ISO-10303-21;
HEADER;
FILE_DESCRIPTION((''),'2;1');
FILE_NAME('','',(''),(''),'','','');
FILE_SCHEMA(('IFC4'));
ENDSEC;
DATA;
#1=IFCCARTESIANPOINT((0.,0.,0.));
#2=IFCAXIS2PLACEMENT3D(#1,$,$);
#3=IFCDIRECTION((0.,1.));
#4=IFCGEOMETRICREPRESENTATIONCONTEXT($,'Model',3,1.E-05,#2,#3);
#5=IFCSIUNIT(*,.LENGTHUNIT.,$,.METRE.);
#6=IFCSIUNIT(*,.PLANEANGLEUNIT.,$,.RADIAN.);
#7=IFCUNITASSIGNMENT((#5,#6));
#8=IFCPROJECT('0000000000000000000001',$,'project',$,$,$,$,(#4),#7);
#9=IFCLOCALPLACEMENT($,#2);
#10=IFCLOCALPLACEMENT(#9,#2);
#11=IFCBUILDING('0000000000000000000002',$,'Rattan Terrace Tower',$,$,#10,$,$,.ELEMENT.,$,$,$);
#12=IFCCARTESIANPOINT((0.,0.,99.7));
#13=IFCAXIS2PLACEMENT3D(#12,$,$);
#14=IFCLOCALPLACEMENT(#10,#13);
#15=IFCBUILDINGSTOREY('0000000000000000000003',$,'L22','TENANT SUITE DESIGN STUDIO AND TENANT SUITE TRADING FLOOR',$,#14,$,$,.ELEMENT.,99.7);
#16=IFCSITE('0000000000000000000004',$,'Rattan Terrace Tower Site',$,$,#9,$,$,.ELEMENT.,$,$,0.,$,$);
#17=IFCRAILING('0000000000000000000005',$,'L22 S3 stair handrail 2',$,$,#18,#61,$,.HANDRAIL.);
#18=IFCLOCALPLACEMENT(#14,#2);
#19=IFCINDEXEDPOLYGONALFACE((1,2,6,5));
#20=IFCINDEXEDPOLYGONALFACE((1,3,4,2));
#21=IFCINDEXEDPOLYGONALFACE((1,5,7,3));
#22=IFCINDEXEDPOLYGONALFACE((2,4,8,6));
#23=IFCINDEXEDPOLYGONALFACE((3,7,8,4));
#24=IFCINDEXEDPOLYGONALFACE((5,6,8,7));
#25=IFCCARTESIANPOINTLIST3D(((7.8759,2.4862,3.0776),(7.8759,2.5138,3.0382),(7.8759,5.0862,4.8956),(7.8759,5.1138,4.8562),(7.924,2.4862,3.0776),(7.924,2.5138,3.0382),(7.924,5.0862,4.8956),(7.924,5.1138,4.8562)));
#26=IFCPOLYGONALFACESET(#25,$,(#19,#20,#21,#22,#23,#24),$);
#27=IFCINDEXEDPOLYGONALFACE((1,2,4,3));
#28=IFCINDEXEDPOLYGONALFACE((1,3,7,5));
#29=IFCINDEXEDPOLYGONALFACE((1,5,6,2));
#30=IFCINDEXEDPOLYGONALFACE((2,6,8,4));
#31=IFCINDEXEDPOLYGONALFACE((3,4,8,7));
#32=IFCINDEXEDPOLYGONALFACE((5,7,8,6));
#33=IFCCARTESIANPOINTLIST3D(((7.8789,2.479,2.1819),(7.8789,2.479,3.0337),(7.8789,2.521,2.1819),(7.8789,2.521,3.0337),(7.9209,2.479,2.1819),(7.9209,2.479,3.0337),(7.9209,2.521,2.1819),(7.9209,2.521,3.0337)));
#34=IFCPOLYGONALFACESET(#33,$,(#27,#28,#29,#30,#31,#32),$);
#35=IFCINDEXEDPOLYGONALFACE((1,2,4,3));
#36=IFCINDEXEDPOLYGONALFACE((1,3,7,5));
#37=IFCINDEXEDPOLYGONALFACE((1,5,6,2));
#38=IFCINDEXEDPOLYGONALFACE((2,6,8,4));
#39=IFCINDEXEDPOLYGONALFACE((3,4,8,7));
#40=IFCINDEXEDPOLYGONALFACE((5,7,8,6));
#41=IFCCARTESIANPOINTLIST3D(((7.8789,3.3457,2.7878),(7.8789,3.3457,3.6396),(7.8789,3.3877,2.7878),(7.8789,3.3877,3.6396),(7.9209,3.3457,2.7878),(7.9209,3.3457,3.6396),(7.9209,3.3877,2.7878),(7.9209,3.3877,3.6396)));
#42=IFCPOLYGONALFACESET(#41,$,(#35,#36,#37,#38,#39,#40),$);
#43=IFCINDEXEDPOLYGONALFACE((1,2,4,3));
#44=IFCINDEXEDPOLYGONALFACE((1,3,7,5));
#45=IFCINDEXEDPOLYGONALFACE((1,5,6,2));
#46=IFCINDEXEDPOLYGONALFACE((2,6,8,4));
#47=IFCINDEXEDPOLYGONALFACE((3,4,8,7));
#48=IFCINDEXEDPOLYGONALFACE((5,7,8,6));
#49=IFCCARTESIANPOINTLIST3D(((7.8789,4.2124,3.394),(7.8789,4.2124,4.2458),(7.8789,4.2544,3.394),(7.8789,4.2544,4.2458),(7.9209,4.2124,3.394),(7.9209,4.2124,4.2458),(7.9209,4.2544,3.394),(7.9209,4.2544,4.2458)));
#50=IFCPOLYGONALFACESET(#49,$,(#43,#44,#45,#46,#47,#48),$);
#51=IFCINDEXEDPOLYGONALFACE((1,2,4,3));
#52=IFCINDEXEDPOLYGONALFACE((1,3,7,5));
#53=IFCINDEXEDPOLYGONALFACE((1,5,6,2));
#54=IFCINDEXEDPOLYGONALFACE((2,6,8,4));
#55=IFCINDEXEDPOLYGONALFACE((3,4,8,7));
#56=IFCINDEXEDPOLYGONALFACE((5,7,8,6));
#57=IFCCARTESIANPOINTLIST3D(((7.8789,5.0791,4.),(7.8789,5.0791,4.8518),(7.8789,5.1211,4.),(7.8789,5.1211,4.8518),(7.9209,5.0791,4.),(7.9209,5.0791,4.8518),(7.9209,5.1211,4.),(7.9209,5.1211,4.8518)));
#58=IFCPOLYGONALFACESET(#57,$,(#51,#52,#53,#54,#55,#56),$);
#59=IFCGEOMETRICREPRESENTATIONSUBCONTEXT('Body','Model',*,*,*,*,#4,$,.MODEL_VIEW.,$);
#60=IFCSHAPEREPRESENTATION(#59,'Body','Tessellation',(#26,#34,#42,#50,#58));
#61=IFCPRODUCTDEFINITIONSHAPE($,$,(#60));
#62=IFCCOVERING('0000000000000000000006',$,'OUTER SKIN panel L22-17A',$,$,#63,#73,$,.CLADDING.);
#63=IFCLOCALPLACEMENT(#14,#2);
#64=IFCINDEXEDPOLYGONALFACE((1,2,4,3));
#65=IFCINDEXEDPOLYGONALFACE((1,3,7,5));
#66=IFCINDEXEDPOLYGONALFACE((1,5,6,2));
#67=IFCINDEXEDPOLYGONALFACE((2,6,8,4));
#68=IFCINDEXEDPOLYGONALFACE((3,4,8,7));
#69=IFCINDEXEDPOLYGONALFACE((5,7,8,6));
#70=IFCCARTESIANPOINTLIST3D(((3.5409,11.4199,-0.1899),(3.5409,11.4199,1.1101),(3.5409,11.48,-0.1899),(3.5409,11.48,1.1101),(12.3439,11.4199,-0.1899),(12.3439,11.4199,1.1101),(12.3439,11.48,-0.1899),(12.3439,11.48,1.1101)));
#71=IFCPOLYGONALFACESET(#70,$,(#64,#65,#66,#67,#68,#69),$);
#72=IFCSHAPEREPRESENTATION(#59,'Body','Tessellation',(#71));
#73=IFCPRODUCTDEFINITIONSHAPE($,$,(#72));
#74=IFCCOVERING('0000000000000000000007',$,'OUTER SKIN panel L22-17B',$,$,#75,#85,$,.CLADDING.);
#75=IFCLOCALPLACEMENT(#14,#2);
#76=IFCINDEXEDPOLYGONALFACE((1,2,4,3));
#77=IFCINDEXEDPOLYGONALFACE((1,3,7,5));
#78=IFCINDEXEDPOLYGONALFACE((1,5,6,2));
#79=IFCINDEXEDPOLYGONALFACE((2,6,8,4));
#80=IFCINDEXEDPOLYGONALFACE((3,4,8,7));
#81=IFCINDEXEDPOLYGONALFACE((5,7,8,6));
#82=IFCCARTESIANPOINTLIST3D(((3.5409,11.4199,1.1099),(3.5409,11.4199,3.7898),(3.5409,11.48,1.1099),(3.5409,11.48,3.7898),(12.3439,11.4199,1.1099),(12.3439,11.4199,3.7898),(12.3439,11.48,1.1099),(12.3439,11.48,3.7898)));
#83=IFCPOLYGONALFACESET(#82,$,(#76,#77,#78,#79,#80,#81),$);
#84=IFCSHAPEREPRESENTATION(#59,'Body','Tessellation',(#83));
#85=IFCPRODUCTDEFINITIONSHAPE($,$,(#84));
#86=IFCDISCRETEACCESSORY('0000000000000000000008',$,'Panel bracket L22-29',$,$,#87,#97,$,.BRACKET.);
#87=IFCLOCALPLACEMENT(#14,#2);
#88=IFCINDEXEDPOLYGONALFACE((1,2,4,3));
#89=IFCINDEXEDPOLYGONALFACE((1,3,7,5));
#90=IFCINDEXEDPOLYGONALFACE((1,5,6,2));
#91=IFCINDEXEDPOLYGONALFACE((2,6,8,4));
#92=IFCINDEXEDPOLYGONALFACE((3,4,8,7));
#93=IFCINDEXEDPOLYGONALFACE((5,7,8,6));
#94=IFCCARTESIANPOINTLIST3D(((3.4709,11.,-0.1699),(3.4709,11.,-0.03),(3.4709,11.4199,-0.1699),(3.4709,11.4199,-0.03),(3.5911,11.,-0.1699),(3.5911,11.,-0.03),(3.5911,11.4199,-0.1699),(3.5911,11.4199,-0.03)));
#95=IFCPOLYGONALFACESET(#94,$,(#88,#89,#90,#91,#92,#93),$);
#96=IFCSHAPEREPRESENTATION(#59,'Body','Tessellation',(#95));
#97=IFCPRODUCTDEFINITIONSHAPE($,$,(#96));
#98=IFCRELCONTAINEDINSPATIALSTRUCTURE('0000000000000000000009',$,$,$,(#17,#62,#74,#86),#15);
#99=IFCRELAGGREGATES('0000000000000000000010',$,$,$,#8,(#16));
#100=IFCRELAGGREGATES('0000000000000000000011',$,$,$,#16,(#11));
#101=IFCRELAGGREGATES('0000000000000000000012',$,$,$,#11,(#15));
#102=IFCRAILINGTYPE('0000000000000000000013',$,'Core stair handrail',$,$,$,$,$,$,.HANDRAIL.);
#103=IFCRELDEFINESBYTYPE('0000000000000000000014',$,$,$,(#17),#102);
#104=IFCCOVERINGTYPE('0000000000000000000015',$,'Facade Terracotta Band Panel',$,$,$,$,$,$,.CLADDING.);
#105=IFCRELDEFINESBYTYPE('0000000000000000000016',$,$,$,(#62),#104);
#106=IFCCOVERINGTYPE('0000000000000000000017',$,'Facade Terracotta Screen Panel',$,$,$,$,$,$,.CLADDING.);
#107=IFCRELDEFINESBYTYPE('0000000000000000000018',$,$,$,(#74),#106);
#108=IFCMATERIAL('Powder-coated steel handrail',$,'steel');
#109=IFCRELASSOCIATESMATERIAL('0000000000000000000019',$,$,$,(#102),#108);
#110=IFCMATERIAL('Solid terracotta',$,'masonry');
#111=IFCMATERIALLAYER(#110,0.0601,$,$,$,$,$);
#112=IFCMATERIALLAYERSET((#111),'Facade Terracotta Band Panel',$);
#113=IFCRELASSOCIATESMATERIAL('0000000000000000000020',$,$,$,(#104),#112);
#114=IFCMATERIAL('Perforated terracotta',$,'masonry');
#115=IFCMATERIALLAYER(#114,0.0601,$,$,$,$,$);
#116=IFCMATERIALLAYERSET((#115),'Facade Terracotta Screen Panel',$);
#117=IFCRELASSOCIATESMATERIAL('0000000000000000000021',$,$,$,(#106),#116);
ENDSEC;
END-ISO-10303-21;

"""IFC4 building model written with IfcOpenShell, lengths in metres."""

from ifc_helpers import new_model, si_unit, direction, frame, origin, origin_2d, place, context, subcontext, project, spatial, rectangle, extrude, material, layer, layer_set, type_object, element, save


model = new_model("IFC4")

# Units and contexts
model_context = context("Model", 3, precision=1e-05, world=origin(), true_north=direction((0.0, 1.0)))
body_context = subcontext(model_context, "Body", "Model", "MODEL_VIEW")
ifc_project = project(units=[si_unit("LENGTHUNIT", "METRE"), si_unit("PLANEANGLEUNIT", "RADIAN")], contexts=[model_context])

# Site, building, storey
site_placement = place(None, origin())
site = spatial("IfcSite", under=ifc_project, at=site_placement, Name="Rattan Terrace Tower Site", CompositionType="ELEMENT", RefElevation=0.0)
building_placement = place(site_placement, origin())
building = spatial("IfcBuilding", under=site, at=building_placement, Name="Rattan Terrace Tower", CompositionType="ELEMENT")
storey_placement = place(building_placement, frame((0.0, 0.0, 99.7)))
storey = spatial("IfcBuildingStorey", under=building, at=storey_placement, Name="L22", Description="TENANT SUITE DESIGN STUDIO AND TENANT SUITE TRADING FLOOR", CompositionType="ELEMENT", Elevation=99.7)

# Railing
ifc_material_1 = material(Name="Powder-coated steel handrail", Category="steel")
railing_type_1 = type_object("IfcRailingType", Name="Core stair handrail", PredefinedType="HANDRAIL", material=ifc_material_1)
railing_1_placement = place(storey_placement, frame((7.8999, 2.5, 2.1819)))
element("IfcRailing", 1, at=railing_1_placement, inside=storey, type_object=railing_type_1, Name="L22 S3 stair handrail 2", PredefinedType="HANDRAIL", context=body_context, shape_type="SweptSolid", body=[
    extrude(rectangle(XDim=0.0481, YDim=0.0481, at=origin_2d()), frame((0.0, 0.0, 0.876), z_axis=(0.0, 0.819521, 0.573049), x_axis=(-1.0, 0.0, 0.0)), (0.0, 0.0, 1.0), 3.1726),
    extrude(rectangle(XDim=0.042, YDim=0.042, at=origin_2d()), origin(), (0.0, 0.0, 1.0), 0.8518),
    extrude(rectangle(XDim=0.042, YDim=0.042, at=origin_2d()), frame((0.0, 0.8667, 0.606)), (0.0, 0.0, 1.0), 0.8518),
    extrude(rectangle(XDim=0.042, YDim=0.042, at=origin_2d()), frame((0.0, 1.7334, 1.2122)), (0.0, 0.0, 1.0), 0.8518),
    extrude(rectangle(XDim=0.042, YDim=0.042, at=origin_2d()), frame((0.0, 2.6001, 1.8181)), (0.0, 0.0, 1.0), 0.8518),
])

# Coverings
ifc_material_2 = material(Name="Solid terracotta", Category="masonry")
ifc_layer_1 = layer(ifc_material_2, 0.0601)
ifc_layer_set_1 = layer_set([ifc_layer_1], Name="Facade Terracotta Band Panel")
covering_type_1 = type_object("IfcCoveringType", Name="Facade Terracotta Band Panel", PredefinedType="CLADDING", material=ifc_layer_set_1)
covering_1_placement = place(storey_placement, frame((7.9424, 11.45, -0.1899), z_axis=(0.0, 0.0, 1.0), x_axis=(-1.0, 0.0, 0.0)))
element("IfcCovering", 2, at=covering_1_placement, inside=storey, type_object=covering_type_1, Name="OUTER SKIN panel L22-17A", PredefinedType="CLADDING", context=body_context, shape_type="SweptSolid", body=[
    extrude(rectangle(XDim=8.803, YDim=0.0601, at=origin_2d()), origin(), (0.0, 0.0, 1.0), 1.3),
])
ifc_material_3 = material(Name="Perforated terracotta", Category="masonry")
ifc_layer_2 = layer(ifc_material_3, 0.0601)
ifc_layer_set_2 = layer_set([ifc_layer_2], Name="Facade Terracotta Screen Panel")
covering_type_2 = type_object("IfcCoveringType", Name="Facade Terracotta Screen Panel", PredefinedType="CLADDING", material=ifc_layer_set_2)
covering_2_placement = place(storey_placement, frame((7.9424, 11.45, 1.1099), z_axis=(0.0, 0.0, 1.0), x_axis=(-1.0, 0.0, 0.0)))
element("IfcCovering", 3, at=covering_2_placement, inside=storey, type_object=covering_type_2, Name="OUTER SKIN panel L22-17B", PredefinedType="CLADDING", context=body_context, shape_type="SweptSolid", body=[
    extrude(rectangle(XDim=8.803, YDim=0.0601, at=origin_2d()), origin(), (0.0, 0.0, 1.0), 2.6799),
])

# Discrete accessory
discrete_accessory_placement = place(storey_placement, frame((3.531, 11.21, -0.1699), z_axis=(0.0, 0.0, 1.0), x_axis=(-1.0, 0.0, 0.0)))
element("IfcDiscreteAccessory", 4, at=discrete_accessory_placement, inside=storey, Name="Panel bracket L22-29", PredefinedType="BRACKET", context=body_context, shape_type="SweptSolid", body=[
    extrude(rectangle(XDim=0.1201, YDim=0.4199, at=origin_2d()), origin(), (0.0, 0.0, 1.0), 0.1399),
])

save(model, "model.ifc")
